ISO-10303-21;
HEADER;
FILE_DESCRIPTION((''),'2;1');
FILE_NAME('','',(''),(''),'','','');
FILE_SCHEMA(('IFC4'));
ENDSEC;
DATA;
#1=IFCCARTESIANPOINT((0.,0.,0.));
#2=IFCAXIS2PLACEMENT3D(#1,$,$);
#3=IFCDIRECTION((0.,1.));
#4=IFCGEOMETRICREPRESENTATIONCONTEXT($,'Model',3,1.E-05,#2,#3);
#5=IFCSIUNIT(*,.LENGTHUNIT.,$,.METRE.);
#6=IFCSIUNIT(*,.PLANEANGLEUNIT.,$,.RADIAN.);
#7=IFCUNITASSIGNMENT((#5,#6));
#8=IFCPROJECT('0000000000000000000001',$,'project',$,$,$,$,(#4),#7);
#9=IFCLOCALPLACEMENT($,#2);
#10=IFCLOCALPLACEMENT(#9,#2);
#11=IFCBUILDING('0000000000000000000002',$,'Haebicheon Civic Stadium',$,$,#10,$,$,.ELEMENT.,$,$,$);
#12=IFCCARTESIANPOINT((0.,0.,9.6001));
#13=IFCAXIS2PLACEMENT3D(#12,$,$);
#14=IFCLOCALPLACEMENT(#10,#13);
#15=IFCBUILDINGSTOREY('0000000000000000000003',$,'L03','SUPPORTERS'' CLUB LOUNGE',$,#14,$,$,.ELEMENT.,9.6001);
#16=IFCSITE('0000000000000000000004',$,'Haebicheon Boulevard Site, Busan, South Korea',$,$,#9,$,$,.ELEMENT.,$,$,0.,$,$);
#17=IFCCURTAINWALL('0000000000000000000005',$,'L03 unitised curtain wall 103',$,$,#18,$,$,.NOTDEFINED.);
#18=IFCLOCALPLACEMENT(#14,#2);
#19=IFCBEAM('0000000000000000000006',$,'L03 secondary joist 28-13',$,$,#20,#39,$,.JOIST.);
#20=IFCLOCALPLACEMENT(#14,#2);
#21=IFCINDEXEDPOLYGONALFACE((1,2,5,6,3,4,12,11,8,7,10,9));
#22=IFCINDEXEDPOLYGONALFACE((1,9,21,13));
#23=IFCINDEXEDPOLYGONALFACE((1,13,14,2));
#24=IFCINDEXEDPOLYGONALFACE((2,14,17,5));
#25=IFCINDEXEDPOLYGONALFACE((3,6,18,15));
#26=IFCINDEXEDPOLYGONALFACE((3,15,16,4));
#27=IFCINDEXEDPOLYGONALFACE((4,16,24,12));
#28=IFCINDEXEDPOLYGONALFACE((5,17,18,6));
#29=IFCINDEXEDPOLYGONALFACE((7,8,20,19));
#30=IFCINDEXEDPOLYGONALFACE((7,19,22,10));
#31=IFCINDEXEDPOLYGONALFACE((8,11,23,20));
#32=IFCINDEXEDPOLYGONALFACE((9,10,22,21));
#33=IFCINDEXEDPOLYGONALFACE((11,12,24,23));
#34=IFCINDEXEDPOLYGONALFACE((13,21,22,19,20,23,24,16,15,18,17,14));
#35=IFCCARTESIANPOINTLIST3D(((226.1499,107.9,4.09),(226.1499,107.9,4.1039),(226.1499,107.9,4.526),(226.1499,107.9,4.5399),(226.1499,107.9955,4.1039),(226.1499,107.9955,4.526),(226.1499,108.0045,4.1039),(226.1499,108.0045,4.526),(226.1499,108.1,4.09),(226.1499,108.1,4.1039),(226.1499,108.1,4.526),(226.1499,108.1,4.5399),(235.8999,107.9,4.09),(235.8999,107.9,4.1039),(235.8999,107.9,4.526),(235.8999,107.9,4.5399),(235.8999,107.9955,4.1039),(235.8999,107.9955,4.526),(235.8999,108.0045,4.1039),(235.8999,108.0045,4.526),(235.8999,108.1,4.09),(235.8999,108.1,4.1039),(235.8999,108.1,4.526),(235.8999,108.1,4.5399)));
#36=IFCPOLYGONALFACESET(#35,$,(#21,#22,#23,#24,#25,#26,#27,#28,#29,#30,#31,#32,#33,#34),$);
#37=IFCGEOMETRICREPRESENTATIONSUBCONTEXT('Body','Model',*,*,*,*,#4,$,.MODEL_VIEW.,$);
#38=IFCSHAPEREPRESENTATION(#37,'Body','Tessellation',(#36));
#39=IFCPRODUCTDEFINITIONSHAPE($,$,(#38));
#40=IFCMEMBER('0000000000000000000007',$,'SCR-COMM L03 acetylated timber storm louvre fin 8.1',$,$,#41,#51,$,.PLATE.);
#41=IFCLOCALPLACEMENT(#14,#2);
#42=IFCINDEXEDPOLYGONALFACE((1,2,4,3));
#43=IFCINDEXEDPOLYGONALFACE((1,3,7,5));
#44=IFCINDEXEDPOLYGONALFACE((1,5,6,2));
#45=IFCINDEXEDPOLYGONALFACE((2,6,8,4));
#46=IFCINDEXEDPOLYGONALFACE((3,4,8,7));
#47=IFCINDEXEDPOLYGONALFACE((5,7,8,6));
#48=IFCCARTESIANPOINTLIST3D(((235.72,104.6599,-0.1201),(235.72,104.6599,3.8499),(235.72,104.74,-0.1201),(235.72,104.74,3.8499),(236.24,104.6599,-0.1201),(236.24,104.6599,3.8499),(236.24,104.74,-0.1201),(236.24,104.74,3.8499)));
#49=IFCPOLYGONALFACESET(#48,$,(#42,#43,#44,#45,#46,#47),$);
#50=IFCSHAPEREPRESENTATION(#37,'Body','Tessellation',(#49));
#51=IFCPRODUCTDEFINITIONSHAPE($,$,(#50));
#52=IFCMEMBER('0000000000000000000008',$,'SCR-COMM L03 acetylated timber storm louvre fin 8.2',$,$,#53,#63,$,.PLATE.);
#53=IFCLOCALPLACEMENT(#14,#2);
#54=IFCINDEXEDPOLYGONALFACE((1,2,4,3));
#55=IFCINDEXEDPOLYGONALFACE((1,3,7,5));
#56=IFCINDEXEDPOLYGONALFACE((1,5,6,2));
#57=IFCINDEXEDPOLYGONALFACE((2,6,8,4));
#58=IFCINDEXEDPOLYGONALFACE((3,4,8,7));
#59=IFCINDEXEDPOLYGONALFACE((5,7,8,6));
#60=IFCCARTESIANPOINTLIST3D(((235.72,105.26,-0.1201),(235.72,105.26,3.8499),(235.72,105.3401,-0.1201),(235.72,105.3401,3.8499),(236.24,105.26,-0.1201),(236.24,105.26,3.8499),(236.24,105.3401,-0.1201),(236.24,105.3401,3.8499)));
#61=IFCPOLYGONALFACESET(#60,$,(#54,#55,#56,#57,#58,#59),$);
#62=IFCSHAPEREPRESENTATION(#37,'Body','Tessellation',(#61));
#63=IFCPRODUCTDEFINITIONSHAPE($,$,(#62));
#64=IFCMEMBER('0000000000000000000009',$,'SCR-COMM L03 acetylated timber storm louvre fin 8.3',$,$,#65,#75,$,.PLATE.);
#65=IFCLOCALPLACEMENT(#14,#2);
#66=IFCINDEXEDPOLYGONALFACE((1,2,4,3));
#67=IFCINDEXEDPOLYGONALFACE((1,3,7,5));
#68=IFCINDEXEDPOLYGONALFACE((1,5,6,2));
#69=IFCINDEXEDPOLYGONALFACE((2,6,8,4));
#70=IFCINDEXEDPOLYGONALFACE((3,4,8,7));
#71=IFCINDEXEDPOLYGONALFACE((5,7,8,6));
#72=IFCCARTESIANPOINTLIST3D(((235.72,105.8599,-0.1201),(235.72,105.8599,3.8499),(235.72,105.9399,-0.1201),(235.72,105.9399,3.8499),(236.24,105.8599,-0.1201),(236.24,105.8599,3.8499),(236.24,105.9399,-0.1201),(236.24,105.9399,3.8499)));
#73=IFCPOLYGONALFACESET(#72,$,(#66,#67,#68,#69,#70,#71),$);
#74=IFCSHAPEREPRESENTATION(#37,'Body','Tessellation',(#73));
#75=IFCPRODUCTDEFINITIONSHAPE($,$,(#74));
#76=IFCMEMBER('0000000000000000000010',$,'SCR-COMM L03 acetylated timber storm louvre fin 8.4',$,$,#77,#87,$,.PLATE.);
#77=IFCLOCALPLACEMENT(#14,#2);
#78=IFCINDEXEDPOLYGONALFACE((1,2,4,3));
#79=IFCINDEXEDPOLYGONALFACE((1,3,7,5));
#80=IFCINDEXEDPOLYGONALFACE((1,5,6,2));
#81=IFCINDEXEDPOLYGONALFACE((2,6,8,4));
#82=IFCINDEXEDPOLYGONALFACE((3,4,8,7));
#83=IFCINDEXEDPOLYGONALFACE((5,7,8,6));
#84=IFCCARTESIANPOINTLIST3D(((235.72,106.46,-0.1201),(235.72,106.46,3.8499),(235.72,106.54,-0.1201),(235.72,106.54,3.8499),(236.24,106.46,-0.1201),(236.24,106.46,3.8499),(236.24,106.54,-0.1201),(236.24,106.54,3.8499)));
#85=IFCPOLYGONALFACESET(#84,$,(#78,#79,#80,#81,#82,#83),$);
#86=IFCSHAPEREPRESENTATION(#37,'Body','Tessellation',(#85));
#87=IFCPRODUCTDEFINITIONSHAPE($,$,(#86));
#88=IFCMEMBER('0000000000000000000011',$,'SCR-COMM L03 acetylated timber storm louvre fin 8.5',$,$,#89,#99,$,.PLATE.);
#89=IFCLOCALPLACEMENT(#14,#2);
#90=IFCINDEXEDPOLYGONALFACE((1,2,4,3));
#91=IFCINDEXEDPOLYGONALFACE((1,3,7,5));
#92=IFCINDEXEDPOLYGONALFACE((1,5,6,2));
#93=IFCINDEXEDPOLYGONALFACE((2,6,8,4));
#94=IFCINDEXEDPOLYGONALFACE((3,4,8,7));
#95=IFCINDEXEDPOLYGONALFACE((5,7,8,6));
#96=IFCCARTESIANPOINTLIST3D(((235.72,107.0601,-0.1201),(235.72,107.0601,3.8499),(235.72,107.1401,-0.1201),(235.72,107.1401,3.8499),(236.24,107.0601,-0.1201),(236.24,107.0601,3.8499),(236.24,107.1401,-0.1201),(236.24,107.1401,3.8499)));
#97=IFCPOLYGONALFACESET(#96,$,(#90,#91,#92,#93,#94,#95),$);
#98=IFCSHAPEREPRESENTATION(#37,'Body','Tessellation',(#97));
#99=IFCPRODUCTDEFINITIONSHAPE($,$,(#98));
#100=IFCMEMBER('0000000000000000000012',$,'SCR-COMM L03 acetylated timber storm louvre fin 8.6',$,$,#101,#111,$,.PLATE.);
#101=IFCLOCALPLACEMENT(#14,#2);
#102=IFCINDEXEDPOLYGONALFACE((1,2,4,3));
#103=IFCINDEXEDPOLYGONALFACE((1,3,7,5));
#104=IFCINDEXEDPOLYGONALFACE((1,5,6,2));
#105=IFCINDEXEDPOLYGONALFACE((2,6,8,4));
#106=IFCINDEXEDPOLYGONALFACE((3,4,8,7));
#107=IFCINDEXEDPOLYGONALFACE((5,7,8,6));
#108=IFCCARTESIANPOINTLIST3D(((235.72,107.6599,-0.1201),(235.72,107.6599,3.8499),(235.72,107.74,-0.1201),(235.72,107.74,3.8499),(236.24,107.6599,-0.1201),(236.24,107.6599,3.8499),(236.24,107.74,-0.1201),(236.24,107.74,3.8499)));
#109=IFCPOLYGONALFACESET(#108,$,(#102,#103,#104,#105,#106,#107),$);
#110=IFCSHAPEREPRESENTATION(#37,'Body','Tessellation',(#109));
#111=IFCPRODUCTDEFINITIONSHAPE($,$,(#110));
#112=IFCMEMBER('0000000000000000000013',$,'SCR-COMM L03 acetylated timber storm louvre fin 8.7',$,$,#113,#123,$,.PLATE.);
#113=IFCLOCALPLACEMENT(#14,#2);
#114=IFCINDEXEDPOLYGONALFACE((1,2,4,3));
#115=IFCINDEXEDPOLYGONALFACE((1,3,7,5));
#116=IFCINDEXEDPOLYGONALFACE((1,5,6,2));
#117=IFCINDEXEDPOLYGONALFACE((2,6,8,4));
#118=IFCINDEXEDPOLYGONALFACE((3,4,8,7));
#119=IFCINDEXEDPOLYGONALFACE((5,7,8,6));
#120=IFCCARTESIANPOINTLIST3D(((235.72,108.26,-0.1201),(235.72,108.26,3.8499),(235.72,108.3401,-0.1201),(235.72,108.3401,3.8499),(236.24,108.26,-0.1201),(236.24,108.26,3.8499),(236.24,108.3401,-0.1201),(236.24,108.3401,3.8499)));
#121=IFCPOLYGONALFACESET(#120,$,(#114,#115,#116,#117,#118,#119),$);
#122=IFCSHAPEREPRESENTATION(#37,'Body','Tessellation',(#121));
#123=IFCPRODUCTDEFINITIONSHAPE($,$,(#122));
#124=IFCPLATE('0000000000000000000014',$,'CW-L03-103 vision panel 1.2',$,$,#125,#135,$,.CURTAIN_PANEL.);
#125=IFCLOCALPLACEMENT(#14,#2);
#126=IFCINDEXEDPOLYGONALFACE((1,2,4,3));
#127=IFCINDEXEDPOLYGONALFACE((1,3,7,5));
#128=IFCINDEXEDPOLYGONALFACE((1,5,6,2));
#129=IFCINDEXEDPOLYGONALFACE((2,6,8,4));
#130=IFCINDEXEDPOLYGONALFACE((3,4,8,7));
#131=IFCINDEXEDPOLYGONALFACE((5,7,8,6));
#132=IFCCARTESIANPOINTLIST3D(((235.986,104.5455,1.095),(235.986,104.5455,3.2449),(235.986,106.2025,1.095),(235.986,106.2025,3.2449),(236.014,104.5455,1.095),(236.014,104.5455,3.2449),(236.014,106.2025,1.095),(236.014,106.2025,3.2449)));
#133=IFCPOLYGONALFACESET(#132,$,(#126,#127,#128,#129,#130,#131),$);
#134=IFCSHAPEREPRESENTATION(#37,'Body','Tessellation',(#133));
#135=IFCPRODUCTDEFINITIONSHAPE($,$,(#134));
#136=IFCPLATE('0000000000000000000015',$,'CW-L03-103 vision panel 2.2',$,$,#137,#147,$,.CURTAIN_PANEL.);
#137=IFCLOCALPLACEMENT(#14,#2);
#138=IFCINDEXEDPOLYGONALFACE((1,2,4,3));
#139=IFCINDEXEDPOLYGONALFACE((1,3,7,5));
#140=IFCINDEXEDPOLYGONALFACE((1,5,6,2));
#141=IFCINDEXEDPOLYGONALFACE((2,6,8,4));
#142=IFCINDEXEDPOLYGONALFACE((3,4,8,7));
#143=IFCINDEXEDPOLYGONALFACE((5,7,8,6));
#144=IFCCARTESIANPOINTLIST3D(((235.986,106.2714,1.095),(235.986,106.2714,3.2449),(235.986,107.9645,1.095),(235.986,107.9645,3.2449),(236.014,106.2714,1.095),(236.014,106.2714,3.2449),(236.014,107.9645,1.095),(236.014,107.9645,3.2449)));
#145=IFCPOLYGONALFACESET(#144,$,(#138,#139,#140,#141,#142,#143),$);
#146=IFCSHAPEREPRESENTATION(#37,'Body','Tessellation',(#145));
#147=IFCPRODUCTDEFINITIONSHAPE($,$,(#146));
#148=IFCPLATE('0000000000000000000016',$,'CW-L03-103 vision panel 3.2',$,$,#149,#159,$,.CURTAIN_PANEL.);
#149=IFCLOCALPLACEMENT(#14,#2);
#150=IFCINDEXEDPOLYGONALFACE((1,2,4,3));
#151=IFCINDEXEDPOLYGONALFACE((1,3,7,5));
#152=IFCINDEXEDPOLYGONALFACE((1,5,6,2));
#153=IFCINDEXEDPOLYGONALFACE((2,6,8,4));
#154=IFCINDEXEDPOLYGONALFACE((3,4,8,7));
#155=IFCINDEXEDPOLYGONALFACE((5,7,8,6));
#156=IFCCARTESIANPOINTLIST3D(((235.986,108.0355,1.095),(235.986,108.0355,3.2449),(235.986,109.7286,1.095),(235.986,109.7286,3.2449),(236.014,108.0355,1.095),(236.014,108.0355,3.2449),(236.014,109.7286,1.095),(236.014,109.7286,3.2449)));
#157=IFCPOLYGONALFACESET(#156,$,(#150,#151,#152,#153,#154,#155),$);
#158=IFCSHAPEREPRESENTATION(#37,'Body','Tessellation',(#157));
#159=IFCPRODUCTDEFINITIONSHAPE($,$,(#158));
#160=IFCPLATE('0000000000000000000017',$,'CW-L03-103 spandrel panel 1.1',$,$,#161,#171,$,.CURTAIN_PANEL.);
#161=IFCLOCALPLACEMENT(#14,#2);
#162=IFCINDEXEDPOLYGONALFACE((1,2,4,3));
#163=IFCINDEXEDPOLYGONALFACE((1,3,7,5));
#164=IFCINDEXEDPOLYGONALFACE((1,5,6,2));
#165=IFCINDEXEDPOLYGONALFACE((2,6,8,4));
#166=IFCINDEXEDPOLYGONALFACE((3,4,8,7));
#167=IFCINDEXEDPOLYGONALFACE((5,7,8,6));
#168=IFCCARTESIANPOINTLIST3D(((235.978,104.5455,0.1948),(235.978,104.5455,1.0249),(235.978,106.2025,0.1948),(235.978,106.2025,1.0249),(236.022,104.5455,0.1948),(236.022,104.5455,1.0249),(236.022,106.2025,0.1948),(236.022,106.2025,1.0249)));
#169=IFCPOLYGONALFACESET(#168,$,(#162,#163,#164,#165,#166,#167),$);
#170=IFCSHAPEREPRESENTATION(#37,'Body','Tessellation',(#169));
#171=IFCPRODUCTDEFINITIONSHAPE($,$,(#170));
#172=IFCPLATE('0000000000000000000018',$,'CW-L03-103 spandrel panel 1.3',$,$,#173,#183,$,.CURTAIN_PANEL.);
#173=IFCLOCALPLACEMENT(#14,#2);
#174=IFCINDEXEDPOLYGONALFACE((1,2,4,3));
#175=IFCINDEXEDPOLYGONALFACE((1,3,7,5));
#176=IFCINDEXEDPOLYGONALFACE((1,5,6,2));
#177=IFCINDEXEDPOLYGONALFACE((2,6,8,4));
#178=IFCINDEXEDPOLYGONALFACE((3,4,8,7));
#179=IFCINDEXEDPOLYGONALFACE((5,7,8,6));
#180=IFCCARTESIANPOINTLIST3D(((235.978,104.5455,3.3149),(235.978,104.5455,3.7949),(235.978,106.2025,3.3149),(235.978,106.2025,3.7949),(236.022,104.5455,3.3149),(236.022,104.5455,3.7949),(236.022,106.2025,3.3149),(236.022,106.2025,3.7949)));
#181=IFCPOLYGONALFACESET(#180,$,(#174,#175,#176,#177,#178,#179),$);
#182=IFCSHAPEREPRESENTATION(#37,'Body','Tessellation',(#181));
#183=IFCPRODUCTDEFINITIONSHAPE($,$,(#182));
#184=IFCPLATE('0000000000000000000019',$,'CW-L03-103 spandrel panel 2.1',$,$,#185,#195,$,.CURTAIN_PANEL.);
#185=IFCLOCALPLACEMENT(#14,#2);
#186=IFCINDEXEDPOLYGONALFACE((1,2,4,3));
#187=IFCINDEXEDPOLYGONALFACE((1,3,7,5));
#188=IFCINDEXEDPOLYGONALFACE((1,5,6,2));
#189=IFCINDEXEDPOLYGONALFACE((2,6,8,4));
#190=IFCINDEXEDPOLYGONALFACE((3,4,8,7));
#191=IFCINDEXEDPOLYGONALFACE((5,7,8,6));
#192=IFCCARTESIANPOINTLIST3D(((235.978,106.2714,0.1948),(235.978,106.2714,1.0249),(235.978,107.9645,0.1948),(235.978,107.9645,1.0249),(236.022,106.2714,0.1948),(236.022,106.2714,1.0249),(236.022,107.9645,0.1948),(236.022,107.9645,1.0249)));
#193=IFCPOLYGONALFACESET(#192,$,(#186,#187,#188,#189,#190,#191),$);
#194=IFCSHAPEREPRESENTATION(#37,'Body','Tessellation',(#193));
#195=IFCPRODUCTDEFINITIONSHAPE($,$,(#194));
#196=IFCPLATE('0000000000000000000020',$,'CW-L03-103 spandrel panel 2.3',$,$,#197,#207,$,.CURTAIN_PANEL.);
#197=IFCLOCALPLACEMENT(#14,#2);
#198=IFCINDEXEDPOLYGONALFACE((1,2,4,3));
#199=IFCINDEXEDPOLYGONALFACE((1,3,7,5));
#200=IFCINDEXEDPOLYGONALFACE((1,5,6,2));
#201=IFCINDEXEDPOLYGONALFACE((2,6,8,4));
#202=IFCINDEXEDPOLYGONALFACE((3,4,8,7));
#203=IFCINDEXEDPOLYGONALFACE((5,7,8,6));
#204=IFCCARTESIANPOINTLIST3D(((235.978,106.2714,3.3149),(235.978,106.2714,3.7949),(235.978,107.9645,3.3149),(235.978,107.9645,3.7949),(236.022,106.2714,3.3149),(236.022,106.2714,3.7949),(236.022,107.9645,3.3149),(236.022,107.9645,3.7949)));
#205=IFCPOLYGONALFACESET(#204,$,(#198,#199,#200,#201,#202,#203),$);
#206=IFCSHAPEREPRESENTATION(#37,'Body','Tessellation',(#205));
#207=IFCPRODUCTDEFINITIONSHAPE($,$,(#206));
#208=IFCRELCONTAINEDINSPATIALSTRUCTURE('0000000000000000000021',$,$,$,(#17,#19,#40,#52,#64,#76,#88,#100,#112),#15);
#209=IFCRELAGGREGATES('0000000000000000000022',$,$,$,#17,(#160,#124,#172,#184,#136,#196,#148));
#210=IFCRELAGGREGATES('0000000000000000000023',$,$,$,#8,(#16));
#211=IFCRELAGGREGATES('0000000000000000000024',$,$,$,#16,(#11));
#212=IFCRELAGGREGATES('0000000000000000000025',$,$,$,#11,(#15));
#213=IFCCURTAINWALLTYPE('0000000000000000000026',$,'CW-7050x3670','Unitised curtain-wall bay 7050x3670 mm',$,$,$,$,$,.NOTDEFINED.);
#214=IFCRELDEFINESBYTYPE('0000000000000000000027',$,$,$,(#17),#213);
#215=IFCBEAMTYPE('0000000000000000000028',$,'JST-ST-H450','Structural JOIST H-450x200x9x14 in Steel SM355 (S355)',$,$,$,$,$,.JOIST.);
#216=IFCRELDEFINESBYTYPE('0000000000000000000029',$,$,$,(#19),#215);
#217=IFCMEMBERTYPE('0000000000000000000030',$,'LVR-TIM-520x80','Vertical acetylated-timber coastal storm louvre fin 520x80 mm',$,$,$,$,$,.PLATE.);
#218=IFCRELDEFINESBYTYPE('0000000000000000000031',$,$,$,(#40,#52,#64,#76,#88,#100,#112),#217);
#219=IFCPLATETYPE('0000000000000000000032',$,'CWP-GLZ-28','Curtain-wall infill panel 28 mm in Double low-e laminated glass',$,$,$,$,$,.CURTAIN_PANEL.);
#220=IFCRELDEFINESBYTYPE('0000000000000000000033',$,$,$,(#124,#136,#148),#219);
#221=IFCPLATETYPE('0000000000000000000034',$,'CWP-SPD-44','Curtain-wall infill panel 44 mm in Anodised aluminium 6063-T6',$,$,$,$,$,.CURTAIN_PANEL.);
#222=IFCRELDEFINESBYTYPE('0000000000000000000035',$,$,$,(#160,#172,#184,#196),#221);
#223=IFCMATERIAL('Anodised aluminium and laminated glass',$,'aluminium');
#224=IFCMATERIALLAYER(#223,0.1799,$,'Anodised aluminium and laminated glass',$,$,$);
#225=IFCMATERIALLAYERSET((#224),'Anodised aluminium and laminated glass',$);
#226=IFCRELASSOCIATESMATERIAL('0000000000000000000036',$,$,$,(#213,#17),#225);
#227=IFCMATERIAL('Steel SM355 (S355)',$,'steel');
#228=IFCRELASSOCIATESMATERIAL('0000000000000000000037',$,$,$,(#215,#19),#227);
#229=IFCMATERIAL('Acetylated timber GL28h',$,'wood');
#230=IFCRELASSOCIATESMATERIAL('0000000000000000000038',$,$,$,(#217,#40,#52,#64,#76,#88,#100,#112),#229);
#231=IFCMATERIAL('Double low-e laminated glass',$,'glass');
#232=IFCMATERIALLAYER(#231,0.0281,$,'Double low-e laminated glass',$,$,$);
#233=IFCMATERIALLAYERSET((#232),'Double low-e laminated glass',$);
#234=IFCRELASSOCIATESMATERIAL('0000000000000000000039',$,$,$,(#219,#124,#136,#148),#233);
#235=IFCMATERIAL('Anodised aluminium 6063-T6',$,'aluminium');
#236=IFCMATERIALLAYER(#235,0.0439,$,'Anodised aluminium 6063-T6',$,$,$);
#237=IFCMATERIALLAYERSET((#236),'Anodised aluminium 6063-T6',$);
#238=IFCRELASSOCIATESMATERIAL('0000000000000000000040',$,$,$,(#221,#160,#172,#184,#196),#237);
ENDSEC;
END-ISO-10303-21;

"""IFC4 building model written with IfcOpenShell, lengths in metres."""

from ifc_helpers import new_model, si_unit, direction, frame, origin, origin_2d, place, context, subcontext, project, spatial, rectangle, i_section, extrude, material, layer, layer_set, material_profile, profile_set, type_object, element, aggregate, save


model = new_model("IFC4")

# Units and contexts
model_context = context("Model", 3, precision=1e-05, world=origin(), true_north=direction((0.0, 1.0)))
body_context = subcontext(model_context, "Body", "Model", "MODEL_VIEW")
ifc_project = project(units=[si_unit("LENGTHUNIT", "METRE"), si_unit("PLANEANGLEUNIT", "RADIAN")], contexts=[model_context])

# Site, building, storey
site_placement = place(None, origin())
site = spatial("IfcSite", under=ifc_project, at=site_placement, Name="Haebicheon Boulevard Site, Busan, South Korea", CompositionType="ELEMENT", RefElevation=0.0)
building_placement = place(site_placement, origin())
building = spatial("IfcBuilding", under=site, at=building_placement, Name="Haebicheon Civic Stadium", CompositionType="ELEMENT")
storey_placement = place(building_placement, frame((0.0, 0.0, 9.6001)))
storey = spatial("IfcBuildingStorey", under=building, at=storey_placement, Name="L03", Description="SUPPORTERS' CLUB LOUNGE", CompositionType="ELEMENT", Elevation=9.6001)

# Curtain wall
ifc_material_1 = material(Name="Anodised aluminium and laminated glass", Category="aluminium")
ifc_layer_1 = layer(ifc_material_1, 0.1799, Name="Anodised aluminium and laminated glass")
ifc_layer_set_1 = layer_set([ifc_layer_1], Name="Anodised aluminium and laminated glass")
curtain_wall_type = type_object("IfcCurtainWallType", Name="CW-7050x3670", Description="Unitised curtain-wall bay 7050x3670 mm", PredefinedType="NOTDEFINED", material=ifc_layer_set_1)
curtain_wall_placement = place(storey_placement, origin())
curtain_wall = element("IfcCurtainWall", 1, at=curtain_wall_placement, inside=storey, type_object=curtain_wall_type, material=ifc_layer_set_1, Name="L03 unitised curtain wall 103", PredefinedType="NOTDEFINED")

# Beam
ifc_material_2 = material(Name="Steel SM355 (S355)", Category="steel")
ifc_material_profile_1 = material_profile(ifc_material_2, i_section(OverallWidth=0.2, OverallDepth=0.45, WebThickness=0.009, FlangeThickness=0.0139, at=origin_2d()), Name="H-450x200x9x14")
ifc_profile_set_1 = profile_set([ifc_material_profile_1], Name="Steel SM355 (S355)")
beam_type = type_object("IfcBeamType", Name="JST-ST-H450", Description="Structural JOIST H-450x200x9x14 in Steel SM355 (S355)", PredefinedType="JOIST", material=ifc_profile_set_1)
beam_placement = place(storey_placement, frame((226.1499, 108.0, 4.3149), z_axis=(1.0, 0.0, 0.0), x_axis=(0.0, 1.0, 0.0)))
element("IfcBeam", 2, at=beam_placement, inside=storey, type_object=beam_type, material=ifc_profile_set_1, Name="L03 secondary joist 28-13", PredefinedType="JOIST", context=body_context, shape_type="SweptSolid", body=[
    extrude(i_section(OverallWidth=0.2, OverallDepth=0.45, WebThickness=0.009, FlangeThickness=0.0139, at=origin_2d()), origin(), (0.0, 0.0, 1.0), 9.75),
])

# Members
ifc_material_3 = material(Name="Acetylated timber GL28h", Category="wood")
ifc_material_profile_2 = material_profile(ifc_material_3, rectangle(XDim=0.0801, YDim=0.52, at=origin_2d()), Name="TMB-LOUV-80x520")
ifc_profile_set_2 = profile_set([ifc_material_profile_2], Name="Acetylated timber GL28h")
member_type_1 = type_object("IfcMemberType", Name="LVR-TIM-520x80", Description="Vertical acetylated-timber coastal storm louvre fin 520x80 mm", PredefinedType="PLATE", material=ifc_profile_set_2)
for number, where, z_axis, x_axis, name in (
    (3, (235.98, 104.7, -0.1201), (0.0, 0.0, 1.0), (0.0, 1.0, 0.0), "SCR-COMM L03 acetylated timber storm louvre fin 8.1"),
    (4, (235.98, 105.3, -0.1201), (0.0, 0.0, 1.0), (0.0, 1.0, 0.0), "SCR-COMM L03 acetylated timber storm louvre fin 8.2"),
    (5, (235.98, 105.8999, -0.1201), (0.0, 0.0, 1.0), (0.0, 1.0, 0.0), "SCR-COMM L03 acetylated timber storm louvre fin 8.3"),
    (6, (235.98, 106.5, -0.1201), (0.0, 0.0, 1.0), (0.0, 1.0, 0.0), "SCR-COMM L03 acetylated timber storm louvre fin 8.4"),
    (7, (235.98, 107.1001, -0.1201), (0.0, 0.0, 1.0), (0.0, 1.0, 0.0), "SCR-COMM L03 acetylated timber storm louvre fin 8.5"),
    (8, (235.98, 107.7, -0.1201), (0.0, 0.0, 1.0), (0.0, 1.0, 0.0), "SCR-COMM L03 acetylated timber storm louvre fin 8.6"),
    (9, (235.98, 108.3, -0.1201), (0.0, 0.0, 1.0), (0.0, 1.0, 0.0), "SCR-COMM L03 acetylated timber storm louvre fin 8.7"),
):
    element("IfcMember", number, at=place(storey_placement, frame(where, z_axis=z_axis, x_axis=x_axis)), inside=storey, type_object=member_type_1, material=ifc_profile_set_2, Name=name, PredefinedType="PLATE", context=body_context, shape_type="SweptSolid", body=[
        extrude(rectangle(XDim=0.0801, YDim=0.52, at=origin_2d()), origin(), (0.0, 0.0, 1.0), 3.97),
    ])

# Plates
ifc_material_4 = material(Name="Double low-e laminated glass", Category="glass")
ifc_layer_2 = layer(ifc_material_4, 0.0281, Name="Double low-e laminated glass")
ifc_layer_set_2 = layer_set([ifc_layer_2], Name="Double low-e laminated glass")
plate_type_1 = type_object("IfcPlateType", Name="CWP-GLZ-28", Description="Curtain-wall infill panel 28 mm in Double low-e laminated glass", PredefinedType="CURTAIN_PANEL", material=ifc_layer_set_2)
plate_1_placement = place(storey_placement, frame((236.0, 105.374, 1.095), z_axis=(0.0, 0.0, 1.0), x_axis=(0.0, 1.0, 0.0)))
plate_1 = element("IfcPlate", 10, at=plate_1_placement, type_object=plate_type_1, material=ifc_layer_set_2, Name="CW-L03-103 vision panel 1.2", PredefinedType="CURTAIN_PANEL", context=body_context, shape_type="SweptSolid", body=[
    extrude(rectangle(XDim=1.657, YDim=0.0281, at=origin_2d()), origin(), (0.0, 0.0, 1.0), 2.1499),
])
plate_2_placement = place(storey_placement, frame((236.0, 107.1179, 1.095), z_axis=(0.0, 0.0, 1.0), x_axis=(0.0, 1.0, 0.0)))
plate_2 = element("IfcPlate", 11, at=plate_2_placement, type_object=plate_type_1, material=ifc_layer_set_2, Name="CW-L03-103 vision panel 2.2", PredefinedType="CURTAIN_PANEL", context=body_context, shape_type="SweptSolid", body=[
    extrude(rectangle(XDim=1.6931, YDim=0.0281, at=origin_2d()), origin(), (0.0, 0.0, 1.0), 2.1499),
])
plate_3_placement = place(storey_placement, frame((236.0, 108.8821, 1.095), z_axis=(0.0, 0.0, 1.0), x_axis=(0.0, 1.0, 0.0)))
plate_3 = element("IfcPlate", 12, at=plate_3_placement, type_object=plate_type_1, material=ifc_layer_set_2, Name="CW-L03-103 vision panel 3.2", PredefinedType="CURTAIN_PANEL", context=body_context, shape_type="SweptSolid", body=[
    extrude(rectangle(XDim=1.6931, YDim=0.0281, at=origin_2d()), origin(), (0.0, 0.0, 1.0), 2.1499),
])
ifc_material_5 = material(Name="Anodised aluminium 6063-T6", Category="aluminium")
ifc_layer_3 = layer(ifc_material_5, 0.0439, Name="Anodised aluminium 6063-T6")
ifc_layer_set_3 = layer_set([ifc_layer_3], Name="Anodised aluminium 6063-T6")
plate_type_2 = type_object("IfcPlateType", Name="CWP-SPD-44", Description="Curtain-wall infill panel 44 mm in Anodised aluminium 6063-T6", PredefinedType="CURTAIN_PANEL", material=ifc_layer_set_3)
plate_4_placement = place(storey_placement, frame((236.0, 105.374, 0.1948), z_axis=(0.0, 0.0, 1.0), x_axis=(0.0, 1.0, 0.0)))
plate_4 = element("IfcPlate", 13, at=plate_4_placement, type_object=plate_type_2, material=ifc_layer_set_3, Name="CW-L03-103 spandrel panel 1.1", PredefinedType="CURTAIN_PANEL", context=body_context, shape_type="SweptSolid", body=[
    extrude(rectangle(XDim=1.657, YDim=0.0439, at=origin_2d()), origin(), (0.0, 0.0, 1.0), 0.8301),
])
plate_5_placement = place(storey_placement, frame((236.0, 105.374, 3.3149), z_axis=(0.0, 0.0, 1.0), x_axis=(0.0, 1.0, 0.0)))
plate_5 = element("IfcPlate", 14, at=plate_5_placement, type_object=plate_type_2, material=ifc_layer_set_3, Name="CW-L03-103 spandrel panel 1.3", PredefinedType="CURTAIN_PANEL", context=body_context, shape_type="SweptSolid", body=[
    extrude(rectangle(XDim=1.657, YDim=0.0439, at=origin_2d()), origin(), (0.0, 0.0, 1.0), 0.48),
])
plate_6_placement = place(storey_placement, frame((236.0, 107.1179, 0.1948), z_axis=(0.0, 0.0, 1.0), x_axis=(0.0, 1.0, 0.0)))
plate_6 = element("IfcPlate", 15, at=plate_6_placement, type_object=plate_type_2, material=ifc_layer_set_3, Name="CW-L03-103 spandrel panel 2.1", PredefinedType="CURTAIN_PANEL", context=body_context, shape_type="SweptSolid", body=[
    extrude(rectangle(XDim=1.6931, YDim=0.0439, at=origin_2d()), origin(), (0.0, 0.0, 1.0), 0.8301),
])
plate_7_placement = place(storey_placement, frame((236.0, 107.1179, 3.3149), z_axis=(0.0, 0.0, 1.0), x_axis=(0.0, 1.0, 0.0)))
plate_7 = element("IfcPlate", 16, at=plate_7_placement, type_object=plate_type_2, material=ifc_layer_set_3, Name="CW-L03-103 spandrel panel 2.3", PredefinedType="CURTAIN_PANEL", context=body_context, shape_type="SweptSolid", body=[
    extrude(rectangle(XDim=1.6931, YDim=0.0439, at=origin_2d()), origin(), (0.0, 0.0, 1.0), 0.48),
])
aggregate(curtain_wall, [plate_4, plate_1, plate_5, plate_6, plate_2, plate_7, plate_3])

save(model, "model.ifc")
